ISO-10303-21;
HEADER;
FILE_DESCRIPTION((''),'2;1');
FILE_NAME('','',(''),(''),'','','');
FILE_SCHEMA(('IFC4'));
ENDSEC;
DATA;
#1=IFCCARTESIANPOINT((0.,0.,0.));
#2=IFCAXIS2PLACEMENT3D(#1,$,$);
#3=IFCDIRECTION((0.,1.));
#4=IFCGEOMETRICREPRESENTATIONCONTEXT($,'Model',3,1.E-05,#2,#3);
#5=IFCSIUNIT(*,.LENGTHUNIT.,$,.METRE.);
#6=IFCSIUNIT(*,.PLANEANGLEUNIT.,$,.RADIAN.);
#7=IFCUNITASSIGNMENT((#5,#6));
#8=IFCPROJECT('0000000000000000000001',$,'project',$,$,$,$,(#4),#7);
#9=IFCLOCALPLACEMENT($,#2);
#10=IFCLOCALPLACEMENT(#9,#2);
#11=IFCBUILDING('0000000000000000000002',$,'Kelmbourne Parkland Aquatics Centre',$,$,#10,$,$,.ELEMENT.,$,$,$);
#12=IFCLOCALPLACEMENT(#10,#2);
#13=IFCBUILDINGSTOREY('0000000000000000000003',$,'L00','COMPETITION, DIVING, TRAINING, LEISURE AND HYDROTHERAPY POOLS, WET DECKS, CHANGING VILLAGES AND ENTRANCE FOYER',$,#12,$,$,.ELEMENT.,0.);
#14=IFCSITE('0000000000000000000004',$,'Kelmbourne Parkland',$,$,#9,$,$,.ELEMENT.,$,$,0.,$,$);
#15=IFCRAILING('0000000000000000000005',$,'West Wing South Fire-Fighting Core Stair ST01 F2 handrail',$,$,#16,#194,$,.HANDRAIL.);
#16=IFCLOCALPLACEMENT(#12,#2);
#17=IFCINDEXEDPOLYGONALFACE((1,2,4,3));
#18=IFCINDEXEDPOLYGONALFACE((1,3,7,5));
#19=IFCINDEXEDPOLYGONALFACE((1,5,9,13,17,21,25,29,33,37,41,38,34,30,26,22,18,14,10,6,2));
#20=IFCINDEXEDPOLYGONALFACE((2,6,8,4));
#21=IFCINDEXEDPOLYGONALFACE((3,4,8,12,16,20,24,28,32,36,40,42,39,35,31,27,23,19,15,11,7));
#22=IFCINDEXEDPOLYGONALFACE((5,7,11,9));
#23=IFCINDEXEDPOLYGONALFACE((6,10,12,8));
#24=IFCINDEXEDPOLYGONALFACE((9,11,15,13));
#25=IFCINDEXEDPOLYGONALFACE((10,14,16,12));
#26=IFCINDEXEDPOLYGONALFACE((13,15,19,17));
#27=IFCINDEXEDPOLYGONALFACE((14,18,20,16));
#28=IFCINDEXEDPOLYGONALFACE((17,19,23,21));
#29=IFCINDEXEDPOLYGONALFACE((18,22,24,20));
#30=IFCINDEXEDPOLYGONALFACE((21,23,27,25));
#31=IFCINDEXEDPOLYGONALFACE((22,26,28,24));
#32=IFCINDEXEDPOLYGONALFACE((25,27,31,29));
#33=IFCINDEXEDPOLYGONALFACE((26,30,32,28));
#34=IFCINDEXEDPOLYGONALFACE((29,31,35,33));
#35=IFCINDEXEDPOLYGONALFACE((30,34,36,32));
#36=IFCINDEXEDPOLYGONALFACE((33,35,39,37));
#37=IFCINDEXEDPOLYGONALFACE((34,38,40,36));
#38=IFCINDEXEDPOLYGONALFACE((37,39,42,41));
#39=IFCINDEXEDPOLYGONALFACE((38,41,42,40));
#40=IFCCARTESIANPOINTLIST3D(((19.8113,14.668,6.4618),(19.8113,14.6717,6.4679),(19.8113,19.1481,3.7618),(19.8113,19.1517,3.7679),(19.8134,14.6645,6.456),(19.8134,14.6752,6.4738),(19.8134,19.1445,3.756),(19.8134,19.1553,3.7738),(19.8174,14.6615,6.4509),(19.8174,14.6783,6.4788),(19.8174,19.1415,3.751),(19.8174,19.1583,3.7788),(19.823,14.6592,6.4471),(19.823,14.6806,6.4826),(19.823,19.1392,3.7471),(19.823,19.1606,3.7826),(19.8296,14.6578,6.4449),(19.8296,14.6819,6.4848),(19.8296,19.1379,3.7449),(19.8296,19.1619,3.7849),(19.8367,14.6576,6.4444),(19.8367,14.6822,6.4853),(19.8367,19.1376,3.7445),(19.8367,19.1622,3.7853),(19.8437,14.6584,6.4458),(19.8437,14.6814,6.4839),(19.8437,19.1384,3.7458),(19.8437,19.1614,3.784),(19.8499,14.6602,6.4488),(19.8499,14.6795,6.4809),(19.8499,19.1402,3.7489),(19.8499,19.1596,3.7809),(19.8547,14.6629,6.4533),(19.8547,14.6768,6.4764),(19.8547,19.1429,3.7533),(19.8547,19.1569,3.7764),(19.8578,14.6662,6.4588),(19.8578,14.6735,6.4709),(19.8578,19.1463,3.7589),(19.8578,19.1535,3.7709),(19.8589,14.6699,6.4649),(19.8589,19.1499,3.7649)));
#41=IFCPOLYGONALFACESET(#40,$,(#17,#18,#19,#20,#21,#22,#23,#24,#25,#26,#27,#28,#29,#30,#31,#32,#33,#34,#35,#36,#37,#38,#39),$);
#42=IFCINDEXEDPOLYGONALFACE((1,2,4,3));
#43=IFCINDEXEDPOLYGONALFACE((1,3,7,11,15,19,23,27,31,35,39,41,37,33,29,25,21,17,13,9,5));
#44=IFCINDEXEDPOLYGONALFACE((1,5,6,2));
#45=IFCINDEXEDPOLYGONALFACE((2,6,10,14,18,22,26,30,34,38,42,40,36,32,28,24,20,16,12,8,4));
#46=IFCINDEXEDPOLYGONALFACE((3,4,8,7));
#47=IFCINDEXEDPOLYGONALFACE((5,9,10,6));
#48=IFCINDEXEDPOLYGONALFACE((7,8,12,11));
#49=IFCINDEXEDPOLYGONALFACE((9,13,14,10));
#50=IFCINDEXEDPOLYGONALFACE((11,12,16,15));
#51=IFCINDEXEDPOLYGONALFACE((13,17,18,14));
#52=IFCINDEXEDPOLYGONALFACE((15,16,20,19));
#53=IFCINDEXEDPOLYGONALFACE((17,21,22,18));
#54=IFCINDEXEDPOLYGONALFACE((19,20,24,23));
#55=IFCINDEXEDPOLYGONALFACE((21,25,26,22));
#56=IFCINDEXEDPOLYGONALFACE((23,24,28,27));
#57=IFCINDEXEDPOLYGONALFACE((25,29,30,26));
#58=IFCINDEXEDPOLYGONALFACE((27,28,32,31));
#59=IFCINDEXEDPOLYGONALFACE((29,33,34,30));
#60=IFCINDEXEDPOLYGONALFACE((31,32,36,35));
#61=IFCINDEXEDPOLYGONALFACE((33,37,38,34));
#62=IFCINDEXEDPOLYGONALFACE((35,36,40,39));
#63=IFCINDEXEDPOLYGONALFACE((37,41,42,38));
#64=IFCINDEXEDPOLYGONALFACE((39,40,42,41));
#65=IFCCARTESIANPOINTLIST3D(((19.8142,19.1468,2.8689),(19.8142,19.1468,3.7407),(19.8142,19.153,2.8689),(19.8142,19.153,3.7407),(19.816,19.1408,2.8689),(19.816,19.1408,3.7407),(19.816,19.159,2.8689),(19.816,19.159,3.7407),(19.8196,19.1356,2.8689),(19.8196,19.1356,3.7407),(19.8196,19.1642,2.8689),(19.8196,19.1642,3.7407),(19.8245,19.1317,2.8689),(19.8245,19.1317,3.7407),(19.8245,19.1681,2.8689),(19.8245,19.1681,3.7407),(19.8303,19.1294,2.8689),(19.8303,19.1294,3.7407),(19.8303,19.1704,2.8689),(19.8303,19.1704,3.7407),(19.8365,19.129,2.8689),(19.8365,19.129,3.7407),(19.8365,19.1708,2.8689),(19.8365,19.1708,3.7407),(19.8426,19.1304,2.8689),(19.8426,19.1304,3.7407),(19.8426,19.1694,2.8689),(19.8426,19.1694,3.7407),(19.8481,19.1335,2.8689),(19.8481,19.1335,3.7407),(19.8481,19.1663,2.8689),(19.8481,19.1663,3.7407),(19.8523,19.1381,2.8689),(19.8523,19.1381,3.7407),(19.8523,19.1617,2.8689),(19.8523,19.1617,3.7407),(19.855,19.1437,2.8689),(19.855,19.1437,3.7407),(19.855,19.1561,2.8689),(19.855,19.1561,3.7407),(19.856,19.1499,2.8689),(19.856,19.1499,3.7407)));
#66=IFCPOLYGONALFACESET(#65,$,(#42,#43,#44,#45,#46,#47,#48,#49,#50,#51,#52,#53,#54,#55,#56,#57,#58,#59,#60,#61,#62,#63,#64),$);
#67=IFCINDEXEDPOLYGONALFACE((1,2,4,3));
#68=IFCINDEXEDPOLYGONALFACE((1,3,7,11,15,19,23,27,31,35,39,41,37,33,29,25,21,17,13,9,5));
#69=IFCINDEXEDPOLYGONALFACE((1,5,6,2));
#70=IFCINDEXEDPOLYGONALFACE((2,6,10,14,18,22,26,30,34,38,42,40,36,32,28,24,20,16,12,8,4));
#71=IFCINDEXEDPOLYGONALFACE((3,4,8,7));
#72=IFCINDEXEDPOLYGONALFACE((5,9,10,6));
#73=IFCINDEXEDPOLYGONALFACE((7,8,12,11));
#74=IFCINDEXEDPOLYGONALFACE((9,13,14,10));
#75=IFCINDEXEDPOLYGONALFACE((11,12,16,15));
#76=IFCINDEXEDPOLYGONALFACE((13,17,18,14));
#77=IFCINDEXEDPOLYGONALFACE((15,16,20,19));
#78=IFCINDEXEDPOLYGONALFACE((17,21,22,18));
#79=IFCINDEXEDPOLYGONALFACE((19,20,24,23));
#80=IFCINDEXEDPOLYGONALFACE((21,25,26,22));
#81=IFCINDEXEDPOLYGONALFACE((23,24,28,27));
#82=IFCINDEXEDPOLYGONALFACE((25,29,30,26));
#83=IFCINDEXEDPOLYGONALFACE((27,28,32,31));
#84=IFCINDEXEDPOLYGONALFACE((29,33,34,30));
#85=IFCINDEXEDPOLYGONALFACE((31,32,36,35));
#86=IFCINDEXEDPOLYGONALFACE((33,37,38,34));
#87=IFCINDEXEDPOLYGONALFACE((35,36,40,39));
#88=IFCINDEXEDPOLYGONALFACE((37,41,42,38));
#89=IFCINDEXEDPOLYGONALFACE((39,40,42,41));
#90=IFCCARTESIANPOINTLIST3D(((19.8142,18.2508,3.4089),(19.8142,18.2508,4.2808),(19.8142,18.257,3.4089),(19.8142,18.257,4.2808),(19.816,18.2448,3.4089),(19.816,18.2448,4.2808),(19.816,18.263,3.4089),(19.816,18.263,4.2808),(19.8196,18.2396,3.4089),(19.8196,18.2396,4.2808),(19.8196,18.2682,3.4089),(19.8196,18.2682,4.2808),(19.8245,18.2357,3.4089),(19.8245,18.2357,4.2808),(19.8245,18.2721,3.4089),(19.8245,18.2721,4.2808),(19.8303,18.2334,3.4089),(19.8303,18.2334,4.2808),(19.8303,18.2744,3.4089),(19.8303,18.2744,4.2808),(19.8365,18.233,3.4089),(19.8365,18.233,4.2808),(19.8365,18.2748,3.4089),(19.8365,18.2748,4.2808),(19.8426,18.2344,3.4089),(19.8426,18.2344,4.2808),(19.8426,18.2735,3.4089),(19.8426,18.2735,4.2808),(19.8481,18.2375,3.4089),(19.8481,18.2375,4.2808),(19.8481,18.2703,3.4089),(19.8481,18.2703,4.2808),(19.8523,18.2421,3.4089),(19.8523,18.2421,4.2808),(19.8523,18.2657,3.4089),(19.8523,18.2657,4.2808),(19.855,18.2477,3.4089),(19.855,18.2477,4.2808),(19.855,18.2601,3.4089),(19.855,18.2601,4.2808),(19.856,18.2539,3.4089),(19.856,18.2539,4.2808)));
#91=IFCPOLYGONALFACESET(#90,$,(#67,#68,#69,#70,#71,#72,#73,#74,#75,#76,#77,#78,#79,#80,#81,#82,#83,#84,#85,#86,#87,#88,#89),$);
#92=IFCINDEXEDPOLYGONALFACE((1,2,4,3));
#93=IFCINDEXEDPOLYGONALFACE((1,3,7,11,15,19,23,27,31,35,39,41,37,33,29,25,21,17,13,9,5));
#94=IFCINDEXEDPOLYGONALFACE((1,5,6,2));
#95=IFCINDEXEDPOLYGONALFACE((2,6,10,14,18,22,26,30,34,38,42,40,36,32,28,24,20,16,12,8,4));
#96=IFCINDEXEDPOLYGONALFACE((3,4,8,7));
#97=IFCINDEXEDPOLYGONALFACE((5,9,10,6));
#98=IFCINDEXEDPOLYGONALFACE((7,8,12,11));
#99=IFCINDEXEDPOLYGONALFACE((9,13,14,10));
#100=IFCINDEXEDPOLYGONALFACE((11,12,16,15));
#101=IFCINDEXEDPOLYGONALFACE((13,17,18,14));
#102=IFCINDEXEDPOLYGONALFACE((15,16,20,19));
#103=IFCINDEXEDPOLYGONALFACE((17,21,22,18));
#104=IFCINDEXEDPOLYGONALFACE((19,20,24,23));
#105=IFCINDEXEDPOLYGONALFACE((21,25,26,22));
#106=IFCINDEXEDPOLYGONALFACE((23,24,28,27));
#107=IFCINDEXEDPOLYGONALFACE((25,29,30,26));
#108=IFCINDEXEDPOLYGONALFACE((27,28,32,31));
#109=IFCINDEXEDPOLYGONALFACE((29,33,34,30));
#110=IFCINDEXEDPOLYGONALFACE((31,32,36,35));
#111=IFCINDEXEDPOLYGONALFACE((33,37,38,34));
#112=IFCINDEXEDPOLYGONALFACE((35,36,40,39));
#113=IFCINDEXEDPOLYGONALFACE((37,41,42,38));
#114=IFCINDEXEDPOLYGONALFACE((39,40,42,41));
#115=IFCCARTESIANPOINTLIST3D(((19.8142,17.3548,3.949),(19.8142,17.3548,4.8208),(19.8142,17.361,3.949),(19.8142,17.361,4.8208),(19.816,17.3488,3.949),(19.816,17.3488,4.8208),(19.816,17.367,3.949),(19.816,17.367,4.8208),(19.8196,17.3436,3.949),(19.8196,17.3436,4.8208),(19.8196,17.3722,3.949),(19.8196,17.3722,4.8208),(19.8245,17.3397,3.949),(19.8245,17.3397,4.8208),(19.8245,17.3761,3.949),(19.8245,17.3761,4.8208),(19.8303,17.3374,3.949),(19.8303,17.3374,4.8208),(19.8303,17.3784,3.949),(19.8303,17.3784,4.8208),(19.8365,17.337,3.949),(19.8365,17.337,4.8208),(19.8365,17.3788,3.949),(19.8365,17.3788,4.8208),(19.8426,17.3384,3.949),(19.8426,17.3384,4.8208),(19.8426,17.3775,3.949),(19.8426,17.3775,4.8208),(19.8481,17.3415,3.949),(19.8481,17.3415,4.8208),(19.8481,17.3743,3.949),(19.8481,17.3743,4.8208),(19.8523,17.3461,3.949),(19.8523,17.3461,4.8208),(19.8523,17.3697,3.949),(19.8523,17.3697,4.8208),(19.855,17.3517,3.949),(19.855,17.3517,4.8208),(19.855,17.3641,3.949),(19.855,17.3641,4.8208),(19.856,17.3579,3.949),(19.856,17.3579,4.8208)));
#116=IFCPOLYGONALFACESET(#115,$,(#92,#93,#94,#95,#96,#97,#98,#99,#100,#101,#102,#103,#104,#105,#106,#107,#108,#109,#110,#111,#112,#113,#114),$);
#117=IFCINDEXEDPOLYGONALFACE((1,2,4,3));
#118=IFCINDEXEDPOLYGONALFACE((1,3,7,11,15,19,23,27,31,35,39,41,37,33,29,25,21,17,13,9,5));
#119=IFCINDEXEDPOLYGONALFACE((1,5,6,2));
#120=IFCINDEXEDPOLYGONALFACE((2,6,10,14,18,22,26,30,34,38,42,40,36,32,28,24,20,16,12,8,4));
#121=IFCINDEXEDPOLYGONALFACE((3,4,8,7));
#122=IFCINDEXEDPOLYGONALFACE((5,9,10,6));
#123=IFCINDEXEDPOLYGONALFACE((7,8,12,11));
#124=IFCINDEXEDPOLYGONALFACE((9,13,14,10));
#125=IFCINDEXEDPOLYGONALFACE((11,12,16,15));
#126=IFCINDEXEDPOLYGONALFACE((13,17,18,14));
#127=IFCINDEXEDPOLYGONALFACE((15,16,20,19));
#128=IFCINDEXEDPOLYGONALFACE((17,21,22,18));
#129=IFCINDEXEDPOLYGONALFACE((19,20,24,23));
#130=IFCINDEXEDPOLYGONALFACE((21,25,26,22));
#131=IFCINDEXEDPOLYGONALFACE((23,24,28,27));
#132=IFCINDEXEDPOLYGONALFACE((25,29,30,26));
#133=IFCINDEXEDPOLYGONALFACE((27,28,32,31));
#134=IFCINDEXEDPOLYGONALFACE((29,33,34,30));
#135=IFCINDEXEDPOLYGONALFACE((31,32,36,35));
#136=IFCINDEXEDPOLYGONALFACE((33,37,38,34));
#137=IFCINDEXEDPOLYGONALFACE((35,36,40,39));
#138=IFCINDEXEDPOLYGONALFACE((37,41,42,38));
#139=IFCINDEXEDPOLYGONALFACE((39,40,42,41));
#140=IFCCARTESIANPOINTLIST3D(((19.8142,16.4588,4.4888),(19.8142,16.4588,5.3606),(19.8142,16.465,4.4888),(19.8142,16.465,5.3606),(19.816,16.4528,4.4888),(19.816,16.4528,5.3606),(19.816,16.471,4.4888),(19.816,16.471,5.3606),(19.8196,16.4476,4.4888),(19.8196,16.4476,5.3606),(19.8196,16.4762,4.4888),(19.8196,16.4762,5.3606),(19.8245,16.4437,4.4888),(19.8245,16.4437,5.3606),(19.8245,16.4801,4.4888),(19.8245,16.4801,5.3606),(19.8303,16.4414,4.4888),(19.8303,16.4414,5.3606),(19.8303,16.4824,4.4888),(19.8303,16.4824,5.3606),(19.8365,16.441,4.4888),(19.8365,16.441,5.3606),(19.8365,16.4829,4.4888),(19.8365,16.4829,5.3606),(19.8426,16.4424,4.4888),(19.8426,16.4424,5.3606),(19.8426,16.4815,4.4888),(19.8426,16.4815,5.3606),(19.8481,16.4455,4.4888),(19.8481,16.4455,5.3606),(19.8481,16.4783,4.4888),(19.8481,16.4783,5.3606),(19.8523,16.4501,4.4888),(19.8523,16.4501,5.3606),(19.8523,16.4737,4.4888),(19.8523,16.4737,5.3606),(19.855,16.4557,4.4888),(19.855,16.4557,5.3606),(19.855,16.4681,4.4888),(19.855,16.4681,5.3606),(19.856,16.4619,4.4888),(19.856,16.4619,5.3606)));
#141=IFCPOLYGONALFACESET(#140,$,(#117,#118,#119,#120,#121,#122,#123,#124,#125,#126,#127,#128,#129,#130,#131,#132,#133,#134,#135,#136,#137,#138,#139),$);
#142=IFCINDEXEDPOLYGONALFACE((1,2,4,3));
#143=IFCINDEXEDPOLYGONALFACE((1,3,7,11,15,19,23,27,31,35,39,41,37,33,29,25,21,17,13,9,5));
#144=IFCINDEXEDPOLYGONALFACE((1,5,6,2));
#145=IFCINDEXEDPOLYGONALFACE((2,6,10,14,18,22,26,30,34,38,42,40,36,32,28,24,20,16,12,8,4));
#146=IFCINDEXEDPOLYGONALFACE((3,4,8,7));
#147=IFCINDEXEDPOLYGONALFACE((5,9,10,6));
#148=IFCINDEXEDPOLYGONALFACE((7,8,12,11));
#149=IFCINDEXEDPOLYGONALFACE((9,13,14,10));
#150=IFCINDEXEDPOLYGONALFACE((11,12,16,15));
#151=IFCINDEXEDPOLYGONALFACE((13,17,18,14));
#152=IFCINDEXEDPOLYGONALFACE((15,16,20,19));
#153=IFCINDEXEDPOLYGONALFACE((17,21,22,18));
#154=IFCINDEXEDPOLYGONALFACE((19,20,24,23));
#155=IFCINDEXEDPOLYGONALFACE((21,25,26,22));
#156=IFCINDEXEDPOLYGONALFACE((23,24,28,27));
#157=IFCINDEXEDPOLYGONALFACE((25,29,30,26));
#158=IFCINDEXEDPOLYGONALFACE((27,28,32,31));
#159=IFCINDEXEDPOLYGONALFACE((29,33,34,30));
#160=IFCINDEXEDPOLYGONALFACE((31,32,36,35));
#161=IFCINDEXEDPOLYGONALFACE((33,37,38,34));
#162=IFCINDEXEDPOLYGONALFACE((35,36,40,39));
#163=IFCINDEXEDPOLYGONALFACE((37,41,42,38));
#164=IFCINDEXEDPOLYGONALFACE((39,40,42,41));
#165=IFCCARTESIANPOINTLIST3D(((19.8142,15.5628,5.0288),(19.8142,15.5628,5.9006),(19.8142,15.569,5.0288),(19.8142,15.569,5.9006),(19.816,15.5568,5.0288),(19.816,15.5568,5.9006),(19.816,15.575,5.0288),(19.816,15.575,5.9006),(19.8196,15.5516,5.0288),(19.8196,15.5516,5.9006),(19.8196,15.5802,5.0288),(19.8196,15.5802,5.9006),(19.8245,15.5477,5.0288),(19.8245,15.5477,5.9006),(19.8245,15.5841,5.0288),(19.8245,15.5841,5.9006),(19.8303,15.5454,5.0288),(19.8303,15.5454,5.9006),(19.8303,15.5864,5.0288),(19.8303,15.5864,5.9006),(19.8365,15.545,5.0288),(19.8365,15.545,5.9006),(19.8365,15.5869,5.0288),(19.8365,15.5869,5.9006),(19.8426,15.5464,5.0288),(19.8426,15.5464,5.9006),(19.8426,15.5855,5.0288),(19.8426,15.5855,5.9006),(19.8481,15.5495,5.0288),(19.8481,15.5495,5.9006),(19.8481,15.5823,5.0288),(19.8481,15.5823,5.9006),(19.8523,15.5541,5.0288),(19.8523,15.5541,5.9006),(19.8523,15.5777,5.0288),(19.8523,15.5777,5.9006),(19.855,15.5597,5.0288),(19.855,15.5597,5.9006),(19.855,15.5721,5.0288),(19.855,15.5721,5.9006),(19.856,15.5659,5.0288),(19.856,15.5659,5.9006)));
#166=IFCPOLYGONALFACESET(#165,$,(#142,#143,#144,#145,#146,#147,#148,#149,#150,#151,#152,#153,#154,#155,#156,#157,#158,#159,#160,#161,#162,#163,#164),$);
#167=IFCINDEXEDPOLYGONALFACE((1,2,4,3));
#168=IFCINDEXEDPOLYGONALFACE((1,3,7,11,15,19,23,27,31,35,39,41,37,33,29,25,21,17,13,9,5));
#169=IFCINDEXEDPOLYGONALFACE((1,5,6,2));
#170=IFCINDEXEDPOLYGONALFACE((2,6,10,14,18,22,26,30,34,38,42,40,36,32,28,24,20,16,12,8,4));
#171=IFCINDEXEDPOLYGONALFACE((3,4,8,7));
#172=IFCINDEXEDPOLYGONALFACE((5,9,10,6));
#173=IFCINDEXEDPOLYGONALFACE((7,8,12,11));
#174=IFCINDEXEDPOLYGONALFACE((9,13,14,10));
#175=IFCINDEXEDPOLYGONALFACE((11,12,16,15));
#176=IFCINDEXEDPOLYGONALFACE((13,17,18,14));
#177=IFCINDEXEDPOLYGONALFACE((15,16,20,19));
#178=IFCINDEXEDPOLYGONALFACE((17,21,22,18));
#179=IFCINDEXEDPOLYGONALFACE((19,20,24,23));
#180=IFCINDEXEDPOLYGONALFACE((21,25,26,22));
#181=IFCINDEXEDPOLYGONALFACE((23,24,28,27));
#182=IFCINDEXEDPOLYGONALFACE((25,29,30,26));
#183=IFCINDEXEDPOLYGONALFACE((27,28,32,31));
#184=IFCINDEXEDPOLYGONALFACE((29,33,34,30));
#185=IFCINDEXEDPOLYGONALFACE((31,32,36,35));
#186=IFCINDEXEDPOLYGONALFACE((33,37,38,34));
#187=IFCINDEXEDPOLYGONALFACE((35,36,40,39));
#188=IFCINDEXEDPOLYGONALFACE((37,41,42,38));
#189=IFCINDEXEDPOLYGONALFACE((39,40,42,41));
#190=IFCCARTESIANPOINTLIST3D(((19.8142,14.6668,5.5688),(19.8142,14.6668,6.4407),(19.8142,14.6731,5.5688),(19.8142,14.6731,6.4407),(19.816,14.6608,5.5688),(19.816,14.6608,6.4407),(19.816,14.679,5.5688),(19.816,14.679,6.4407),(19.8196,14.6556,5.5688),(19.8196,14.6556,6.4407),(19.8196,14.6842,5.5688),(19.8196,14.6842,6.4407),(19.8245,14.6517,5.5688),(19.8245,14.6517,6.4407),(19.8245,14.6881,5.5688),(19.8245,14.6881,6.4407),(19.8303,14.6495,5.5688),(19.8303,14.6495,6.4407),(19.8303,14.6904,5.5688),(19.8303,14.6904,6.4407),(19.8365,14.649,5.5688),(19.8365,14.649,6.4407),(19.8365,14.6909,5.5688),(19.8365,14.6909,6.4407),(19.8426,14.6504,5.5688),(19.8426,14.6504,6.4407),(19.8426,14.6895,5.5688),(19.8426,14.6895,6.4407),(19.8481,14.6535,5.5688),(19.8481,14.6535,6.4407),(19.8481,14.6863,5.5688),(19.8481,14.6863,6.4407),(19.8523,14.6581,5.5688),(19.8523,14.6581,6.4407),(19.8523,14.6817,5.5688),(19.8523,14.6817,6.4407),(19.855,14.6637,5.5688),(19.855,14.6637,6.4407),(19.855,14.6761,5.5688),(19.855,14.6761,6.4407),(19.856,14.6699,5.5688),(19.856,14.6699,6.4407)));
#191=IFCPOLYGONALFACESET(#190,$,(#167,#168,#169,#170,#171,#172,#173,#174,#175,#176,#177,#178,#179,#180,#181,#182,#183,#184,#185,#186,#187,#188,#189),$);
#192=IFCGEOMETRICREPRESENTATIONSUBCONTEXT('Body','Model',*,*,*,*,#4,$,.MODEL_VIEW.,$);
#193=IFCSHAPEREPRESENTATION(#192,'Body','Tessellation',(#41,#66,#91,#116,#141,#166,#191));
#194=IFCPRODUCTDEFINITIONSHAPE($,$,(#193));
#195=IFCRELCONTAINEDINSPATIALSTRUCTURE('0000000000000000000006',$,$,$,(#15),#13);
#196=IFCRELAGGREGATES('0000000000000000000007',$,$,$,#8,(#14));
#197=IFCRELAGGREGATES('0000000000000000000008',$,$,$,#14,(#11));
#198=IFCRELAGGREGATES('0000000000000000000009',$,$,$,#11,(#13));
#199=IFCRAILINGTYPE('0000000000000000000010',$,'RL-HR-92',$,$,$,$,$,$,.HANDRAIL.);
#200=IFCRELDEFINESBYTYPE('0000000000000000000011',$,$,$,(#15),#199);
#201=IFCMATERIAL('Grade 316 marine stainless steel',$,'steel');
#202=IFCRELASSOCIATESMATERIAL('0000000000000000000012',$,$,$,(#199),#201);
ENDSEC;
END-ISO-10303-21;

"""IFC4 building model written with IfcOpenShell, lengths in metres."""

from ifc_helpers import new_model, si_unit, direction, frame, origin, origin_2d, place, context, subcontext, project, spatial, circle, extrude, material, type_object, element, save


model = new_model("IFC4")

# Units and contexts
model_context = context("Model", 3, precision=1e-05, world=origin(), true_north=direction((0.0, 1.0)))
body_context = subcontext(model_context, "Body", "Model", "MODEL_VIEW")
ifc_project = project(units=[si_unit("LENGTHUNIT", "METRE"), si_unit("PLANEANGLEUNIT", "RADIAN")], contexts=[model_context])

# Site, building, storey
site_placement = place(None, origin())
site = spatial("IfcSite", under=ifc_project, at=site_placement, Name="Kelmbourne Parkland", CompositionType="ELEMENT", RefElevation=0.0)
building_placement = place(site_placement, origin())
building = spatial("IfcBuilding", under=site, at=building_placement, Name="Kelmbourne Parkland Aquatics Centre", CompositionType="ELEMENT")
storey_placement = place(building_placement, origin())
storey = spatial("IfcBuildingStorey", under=building, at=storey_placement, Name="L00", Description="COMPETITION, DIVING, TRAINING, LEISURE AND HYDROTHERAPY POOLS, WET DECKS, CHANGING VILLAGES AND ENTRANCE FOYER", CompositionType="ELEMENT", Elevation=0.0)

# Railing
ifc_material_1 = material(Name="Grade 316 marine stainless steel", Category="steel")
railing_type = type_object("IfcRailingType", Name="RL-HR-92", PredefinedType="HANDRAIL", material=ifc_material_1)
railing_placement = place(storey_placement, frame((19.835, 19.1499, 2.8689)))
element("IfcRailing", 1, at=railing_placement, inside=storey, type_object=railing_type, Name="West Wing South Fire-Fighting Core Stair ST01 F2 handrail", PredefinedType="HANDRAIL", context=body_context, shape_type="SweptSolid", body=[
    extrude(circle(Radius=0.0239, at=origin_2d()), frame((0.0, 0.0, 0.896), z_axis=(0.0, -0.856482, 0.516176), x_axis=(1.0, 0.0, 0.0)), (0.0, 0.0, 1.0), 5.2307),
    extrude(circle(Radius=0.021, at=origin_2d()), origin(), (0.0, 0.0, 1.0), 0.8718),
    extrude(circle(Radius=0.021, at=origin_2d()), frame((0.0, -0.896, 0.54)), (0.0, 0.0, 1.0), 0.8718),
    extrude(circle(Radius=0.021, at=origin_2d()), frame((0.0, -1.792, 1.0801)), (0.0, 0.0, 1.0), 0.8718),
    extrude(circle(Radius=0.021, at=origin_2d()), frame((0.0, -2.688, 1.6199)), (0.0, 0.0, 1.0), 0.8718),
    extrude(circle(Radius=0.021, at=origin_2d()), frame((0.0, -3.584, 2.1599)), (0.0, 0.0, 1.0), 0.8718),
    extrude(circle(Radius=0.021, at=origin_2d()), frame((0.0, -4.48, 2.7)), (0.0, 0.0, 1.0), 0.8718),
])

save(model, "model.ifc")
